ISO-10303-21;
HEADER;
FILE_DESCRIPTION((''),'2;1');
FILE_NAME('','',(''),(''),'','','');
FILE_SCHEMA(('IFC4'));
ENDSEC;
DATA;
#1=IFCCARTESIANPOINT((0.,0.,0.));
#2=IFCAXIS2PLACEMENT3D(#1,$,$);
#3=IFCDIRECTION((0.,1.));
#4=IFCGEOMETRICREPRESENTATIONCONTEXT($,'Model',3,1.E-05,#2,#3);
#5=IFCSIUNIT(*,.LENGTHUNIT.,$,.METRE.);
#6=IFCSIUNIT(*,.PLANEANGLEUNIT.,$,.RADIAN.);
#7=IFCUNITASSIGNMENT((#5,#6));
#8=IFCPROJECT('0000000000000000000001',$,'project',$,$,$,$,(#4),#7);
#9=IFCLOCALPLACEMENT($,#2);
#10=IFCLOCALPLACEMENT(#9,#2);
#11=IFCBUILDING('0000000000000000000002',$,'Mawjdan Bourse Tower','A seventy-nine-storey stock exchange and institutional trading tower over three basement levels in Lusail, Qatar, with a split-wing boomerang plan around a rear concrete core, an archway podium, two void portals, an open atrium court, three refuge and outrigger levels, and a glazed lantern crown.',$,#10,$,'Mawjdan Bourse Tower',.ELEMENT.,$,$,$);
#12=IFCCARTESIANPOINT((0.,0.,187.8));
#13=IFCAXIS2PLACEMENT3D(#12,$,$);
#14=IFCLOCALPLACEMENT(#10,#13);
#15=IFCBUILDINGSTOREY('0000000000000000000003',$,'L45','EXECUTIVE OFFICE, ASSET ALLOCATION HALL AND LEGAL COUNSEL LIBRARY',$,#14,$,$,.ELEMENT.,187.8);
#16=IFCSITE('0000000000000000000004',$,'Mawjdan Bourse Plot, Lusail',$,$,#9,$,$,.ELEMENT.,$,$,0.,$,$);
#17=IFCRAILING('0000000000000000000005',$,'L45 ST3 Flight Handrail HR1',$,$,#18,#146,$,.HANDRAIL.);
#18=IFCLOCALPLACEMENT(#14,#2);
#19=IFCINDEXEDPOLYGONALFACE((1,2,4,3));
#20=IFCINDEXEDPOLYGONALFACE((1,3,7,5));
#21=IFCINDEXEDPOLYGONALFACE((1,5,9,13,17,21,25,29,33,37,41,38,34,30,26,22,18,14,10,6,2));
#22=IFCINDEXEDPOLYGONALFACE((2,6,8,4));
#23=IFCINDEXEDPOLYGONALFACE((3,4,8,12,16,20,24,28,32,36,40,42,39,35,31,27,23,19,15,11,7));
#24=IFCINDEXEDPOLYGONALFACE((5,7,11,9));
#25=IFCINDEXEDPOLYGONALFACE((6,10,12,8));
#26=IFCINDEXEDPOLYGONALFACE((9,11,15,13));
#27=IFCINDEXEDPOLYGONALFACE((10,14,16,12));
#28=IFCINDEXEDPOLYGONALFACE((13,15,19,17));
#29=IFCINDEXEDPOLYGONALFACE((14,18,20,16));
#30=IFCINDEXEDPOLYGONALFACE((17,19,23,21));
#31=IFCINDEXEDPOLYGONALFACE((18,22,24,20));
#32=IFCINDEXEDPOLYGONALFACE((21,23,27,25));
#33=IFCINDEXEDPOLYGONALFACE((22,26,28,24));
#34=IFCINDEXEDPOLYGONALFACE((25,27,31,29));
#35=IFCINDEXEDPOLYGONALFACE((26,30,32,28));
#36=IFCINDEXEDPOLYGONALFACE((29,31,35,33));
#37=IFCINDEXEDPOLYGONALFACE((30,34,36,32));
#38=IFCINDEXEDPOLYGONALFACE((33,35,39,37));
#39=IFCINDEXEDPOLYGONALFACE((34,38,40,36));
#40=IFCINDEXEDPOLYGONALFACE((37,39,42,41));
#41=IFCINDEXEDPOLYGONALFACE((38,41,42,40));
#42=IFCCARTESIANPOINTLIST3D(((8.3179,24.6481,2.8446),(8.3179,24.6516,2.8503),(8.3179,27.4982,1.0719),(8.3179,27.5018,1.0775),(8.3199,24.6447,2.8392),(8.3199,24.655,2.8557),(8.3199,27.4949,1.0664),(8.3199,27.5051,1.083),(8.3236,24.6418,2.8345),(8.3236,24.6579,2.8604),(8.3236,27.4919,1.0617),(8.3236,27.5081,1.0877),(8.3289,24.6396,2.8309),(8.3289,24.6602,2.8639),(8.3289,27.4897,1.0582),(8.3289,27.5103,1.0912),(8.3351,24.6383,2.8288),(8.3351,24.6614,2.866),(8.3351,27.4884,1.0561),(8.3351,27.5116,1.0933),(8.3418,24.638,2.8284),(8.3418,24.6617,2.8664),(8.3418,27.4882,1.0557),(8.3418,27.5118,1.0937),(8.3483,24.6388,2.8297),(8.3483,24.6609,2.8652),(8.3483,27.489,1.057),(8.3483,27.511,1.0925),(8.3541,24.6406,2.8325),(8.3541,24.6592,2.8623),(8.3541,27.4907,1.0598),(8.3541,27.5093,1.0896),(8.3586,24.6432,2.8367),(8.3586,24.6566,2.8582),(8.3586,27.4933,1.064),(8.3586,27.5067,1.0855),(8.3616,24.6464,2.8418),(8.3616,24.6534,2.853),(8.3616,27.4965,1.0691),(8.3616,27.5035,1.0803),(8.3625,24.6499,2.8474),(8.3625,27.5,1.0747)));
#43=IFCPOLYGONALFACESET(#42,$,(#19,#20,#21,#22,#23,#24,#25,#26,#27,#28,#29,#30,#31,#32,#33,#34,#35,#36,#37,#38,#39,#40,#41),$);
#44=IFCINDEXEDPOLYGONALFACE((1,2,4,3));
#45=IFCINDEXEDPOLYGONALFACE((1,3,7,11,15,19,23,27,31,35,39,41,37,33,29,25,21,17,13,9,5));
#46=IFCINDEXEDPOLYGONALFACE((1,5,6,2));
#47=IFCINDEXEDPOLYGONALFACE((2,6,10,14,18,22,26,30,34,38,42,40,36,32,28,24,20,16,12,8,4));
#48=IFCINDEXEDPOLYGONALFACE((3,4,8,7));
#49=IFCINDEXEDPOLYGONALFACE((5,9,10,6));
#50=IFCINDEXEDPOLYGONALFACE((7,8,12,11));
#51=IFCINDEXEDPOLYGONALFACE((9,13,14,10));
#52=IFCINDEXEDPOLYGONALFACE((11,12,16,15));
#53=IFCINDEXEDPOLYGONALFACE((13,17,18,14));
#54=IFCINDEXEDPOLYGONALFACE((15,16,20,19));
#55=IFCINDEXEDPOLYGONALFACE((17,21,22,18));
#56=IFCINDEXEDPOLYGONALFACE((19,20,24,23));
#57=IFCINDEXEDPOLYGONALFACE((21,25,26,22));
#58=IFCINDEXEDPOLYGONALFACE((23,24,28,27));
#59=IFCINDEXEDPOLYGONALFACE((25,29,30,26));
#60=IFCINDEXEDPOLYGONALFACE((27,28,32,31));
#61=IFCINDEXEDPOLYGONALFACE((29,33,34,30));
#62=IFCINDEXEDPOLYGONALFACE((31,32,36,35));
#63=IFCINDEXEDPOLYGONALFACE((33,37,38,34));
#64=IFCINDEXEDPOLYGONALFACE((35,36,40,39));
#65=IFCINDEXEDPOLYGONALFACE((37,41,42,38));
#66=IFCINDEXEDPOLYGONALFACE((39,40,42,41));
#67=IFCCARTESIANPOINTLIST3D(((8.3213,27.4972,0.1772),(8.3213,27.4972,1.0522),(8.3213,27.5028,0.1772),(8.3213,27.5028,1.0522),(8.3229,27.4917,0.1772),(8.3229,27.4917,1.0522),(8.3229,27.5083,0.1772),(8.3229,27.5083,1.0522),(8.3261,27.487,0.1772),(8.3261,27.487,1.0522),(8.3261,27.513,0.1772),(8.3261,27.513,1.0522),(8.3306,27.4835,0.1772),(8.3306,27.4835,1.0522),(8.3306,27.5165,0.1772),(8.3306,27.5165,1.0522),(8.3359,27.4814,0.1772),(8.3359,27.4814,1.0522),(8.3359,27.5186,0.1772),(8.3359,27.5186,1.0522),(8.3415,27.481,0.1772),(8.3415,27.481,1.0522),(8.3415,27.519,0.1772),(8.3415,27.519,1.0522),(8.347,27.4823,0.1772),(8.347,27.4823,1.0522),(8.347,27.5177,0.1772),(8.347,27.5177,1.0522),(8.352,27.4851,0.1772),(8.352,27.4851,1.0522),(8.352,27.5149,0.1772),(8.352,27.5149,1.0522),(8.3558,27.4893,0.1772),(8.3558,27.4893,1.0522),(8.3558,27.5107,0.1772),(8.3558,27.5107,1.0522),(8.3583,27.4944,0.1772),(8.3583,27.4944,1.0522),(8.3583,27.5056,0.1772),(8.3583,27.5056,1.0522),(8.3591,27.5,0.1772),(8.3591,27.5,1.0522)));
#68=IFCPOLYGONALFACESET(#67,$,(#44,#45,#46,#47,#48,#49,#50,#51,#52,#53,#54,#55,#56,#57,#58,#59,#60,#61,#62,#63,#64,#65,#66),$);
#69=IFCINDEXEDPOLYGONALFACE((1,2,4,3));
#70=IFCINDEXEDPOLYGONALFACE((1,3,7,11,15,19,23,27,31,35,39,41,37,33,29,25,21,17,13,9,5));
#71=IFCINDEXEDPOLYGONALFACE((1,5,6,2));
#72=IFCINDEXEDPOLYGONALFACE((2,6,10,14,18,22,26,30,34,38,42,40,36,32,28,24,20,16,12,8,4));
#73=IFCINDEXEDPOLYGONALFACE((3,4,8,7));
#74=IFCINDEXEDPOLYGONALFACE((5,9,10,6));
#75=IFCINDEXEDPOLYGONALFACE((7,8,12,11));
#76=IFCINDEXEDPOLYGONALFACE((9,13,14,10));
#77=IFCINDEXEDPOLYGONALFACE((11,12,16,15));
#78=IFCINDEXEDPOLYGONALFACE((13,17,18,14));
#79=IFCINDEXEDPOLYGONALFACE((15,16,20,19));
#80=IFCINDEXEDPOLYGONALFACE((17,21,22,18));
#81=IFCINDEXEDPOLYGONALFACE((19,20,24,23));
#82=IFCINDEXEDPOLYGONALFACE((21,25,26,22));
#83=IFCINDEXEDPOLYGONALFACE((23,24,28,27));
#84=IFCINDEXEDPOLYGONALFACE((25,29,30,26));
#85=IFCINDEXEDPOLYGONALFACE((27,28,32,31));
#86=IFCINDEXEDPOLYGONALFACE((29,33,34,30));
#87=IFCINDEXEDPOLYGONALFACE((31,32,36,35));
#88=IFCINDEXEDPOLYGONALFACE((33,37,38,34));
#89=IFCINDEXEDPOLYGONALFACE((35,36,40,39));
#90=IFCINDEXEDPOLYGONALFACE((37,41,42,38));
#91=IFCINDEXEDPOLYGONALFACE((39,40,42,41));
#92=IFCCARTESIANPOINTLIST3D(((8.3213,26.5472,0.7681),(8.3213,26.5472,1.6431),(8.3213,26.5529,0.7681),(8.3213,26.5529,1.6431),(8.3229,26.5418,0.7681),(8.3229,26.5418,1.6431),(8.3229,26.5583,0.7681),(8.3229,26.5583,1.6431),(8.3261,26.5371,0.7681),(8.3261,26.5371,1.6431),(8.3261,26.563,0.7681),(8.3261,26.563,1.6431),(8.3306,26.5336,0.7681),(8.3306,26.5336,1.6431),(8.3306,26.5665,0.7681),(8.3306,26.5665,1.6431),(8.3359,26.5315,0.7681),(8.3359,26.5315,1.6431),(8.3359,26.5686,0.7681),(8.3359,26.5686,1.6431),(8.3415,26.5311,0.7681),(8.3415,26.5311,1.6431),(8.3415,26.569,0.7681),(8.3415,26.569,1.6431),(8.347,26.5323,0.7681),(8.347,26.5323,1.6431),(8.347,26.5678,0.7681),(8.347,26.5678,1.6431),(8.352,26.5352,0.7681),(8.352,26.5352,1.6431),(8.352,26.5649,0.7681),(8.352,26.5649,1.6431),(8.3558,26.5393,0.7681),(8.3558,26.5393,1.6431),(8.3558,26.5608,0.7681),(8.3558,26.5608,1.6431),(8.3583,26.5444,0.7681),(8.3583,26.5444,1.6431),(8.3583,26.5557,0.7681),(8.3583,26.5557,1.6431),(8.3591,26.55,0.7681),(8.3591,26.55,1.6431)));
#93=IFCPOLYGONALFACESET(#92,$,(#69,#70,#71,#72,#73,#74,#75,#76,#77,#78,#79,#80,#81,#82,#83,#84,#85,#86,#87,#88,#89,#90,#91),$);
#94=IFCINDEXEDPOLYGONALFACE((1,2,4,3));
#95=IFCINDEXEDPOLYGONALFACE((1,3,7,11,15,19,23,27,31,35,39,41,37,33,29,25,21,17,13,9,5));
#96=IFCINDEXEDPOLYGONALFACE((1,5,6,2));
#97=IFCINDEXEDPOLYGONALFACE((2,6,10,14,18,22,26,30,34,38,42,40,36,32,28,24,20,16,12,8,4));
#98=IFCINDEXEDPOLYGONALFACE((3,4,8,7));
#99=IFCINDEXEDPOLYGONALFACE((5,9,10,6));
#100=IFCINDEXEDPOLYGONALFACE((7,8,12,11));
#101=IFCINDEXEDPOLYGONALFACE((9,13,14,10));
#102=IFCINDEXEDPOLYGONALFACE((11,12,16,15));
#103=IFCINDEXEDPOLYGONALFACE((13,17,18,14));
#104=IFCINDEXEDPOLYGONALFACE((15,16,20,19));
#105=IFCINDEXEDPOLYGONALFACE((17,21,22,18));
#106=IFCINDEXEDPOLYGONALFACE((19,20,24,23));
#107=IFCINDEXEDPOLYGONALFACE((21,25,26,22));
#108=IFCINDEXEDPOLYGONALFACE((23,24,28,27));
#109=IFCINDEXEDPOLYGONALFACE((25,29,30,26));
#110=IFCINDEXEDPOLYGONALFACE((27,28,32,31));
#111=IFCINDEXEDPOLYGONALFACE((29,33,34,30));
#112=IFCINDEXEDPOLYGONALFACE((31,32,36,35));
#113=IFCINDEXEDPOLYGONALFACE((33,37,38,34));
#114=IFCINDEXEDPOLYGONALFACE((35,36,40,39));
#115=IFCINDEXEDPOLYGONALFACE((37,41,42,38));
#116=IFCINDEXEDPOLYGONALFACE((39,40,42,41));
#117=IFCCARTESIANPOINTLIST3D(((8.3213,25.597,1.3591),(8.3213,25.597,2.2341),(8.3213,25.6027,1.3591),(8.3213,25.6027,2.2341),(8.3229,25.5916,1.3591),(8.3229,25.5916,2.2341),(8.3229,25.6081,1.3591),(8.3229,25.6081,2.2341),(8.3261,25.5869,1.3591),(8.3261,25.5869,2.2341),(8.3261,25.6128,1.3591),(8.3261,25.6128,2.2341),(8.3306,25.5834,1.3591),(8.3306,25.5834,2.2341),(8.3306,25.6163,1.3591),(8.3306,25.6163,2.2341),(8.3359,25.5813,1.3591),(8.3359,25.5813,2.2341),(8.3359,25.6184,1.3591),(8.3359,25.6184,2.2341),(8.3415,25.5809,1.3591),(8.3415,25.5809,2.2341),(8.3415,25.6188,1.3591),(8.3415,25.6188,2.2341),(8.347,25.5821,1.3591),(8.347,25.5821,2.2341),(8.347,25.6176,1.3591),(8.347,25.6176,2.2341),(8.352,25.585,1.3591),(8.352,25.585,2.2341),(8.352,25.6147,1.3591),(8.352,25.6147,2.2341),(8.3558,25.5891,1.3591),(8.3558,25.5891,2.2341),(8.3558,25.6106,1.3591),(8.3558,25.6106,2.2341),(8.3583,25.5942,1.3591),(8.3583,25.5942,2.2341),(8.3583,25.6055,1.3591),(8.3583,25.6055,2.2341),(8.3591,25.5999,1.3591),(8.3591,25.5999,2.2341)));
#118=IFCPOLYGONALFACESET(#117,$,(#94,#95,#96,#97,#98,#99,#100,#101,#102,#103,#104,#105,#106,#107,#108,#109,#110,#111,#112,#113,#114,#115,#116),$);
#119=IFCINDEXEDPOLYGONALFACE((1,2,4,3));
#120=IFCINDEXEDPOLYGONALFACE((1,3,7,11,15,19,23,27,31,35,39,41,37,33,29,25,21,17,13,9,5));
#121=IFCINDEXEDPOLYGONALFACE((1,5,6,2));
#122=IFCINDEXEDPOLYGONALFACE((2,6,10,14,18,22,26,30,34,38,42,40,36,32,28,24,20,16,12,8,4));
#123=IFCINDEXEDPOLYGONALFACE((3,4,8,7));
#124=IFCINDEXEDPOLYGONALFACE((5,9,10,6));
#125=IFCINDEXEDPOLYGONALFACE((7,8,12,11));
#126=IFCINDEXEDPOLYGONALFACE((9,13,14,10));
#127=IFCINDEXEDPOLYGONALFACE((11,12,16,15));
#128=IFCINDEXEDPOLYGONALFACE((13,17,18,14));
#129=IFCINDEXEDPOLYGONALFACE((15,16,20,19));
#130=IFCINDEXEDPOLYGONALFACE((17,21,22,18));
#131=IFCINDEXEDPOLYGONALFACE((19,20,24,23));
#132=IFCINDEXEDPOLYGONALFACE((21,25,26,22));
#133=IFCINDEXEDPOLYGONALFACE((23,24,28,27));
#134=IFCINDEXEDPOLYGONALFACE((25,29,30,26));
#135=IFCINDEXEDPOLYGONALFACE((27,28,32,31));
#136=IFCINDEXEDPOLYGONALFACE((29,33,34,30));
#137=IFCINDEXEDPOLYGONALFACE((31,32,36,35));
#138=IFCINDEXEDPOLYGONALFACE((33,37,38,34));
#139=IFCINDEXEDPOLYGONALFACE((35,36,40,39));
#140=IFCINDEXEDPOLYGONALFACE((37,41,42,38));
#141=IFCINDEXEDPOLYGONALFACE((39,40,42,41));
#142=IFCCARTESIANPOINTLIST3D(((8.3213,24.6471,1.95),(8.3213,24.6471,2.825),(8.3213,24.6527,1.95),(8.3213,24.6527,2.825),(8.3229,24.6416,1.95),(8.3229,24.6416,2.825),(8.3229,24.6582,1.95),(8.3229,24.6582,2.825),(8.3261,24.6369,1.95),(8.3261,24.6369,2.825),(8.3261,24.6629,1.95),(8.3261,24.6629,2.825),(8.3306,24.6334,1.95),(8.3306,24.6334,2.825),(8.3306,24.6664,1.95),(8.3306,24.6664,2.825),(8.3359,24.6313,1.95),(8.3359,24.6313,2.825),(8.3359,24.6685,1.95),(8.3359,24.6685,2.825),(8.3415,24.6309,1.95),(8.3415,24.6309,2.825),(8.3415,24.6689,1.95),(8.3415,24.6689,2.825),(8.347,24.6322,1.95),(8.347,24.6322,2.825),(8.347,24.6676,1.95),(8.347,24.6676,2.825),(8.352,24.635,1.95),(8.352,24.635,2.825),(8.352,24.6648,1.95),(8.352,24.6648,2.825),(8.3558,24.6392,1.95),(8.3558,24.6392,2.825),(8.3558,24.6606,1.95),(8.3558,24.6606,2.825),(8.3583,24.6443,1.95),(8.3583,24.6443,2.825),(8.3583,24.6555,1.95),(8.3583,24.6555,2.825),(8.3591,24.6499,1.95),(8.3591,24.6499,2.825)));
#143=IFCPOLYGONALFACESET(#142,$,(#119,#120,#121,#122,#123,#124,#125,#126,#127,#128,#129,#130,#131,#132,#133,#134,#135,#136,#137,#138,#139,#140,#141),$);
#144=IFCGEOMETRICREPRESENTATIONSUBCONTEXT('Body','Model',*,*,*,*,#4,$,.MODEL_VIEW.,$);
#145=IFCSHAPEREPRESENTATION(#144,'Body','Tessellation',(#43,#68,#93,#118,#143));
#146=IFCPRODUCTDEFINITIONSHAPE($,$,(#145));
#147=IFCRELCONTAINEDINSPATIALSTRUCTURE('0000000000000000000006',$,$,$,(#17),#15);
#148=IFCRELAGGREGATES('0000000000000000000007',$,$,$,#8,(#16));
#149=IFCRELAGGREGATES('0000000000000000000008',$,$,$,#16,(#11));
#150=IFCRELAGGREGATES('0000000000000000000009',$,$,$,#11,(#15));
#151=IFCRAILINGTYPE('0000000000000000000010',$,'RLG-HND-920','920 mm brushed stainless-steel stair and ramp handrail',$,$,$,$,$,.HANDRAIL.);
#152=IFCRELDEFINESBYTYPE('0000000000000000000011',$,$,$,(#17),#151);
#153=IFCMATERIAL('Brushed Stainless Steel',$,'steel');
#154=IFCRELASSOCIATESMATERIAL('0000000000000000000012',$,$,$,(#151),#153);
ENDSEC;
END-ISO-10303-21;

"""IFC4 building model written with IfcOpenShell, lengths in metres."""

from ifc_helpers import new_model, si_unit, direction, frame, origin, origin_2d, place, context, subcontext, project, spatial, circle, extrude, material, type_object, element, save


model = new_model("IFC4")

# Units and contexts
model_context = context("Model", 3, precision=1e-05, world=origin(), true_north=direction((0.0, 1.0)))
body_context = subcontext(model_context, "Body", "Model", "MODEL_VIEW")
ifc_project = project(units=[si_unit("LENGTHUNIT", "METRE"), si_unit("PLANEANGLEUNIT", "RADIAN")], contexts=[model_context])

# Site, building, storey
site_placement = place(None, origin())
site = spatial("IfcSite", under=ifc_project, at=site_placement, Name="Mawjdan Bourse Plot, Lusail", CompositionType="ELEMENT", RefElevation=0.0)
building_placement = place(site_placement, origin())
building = spatial("IfcBuilding", under=site, at=building_placement, Name="Mawjdan Bourse Tower", Description="A seventy-nine-storey stock exchange and institutional trading tower over three basement levels in Lusail, Qatar, with a split-wing boomerang plan around a rear concrete core, an archway podium, two void portals, an open atrium court, three refuge and outrigger levels, and a glazed lantern crown.", LongName="Mawjdan Bourse Tower", CompositionType="ELEMENT")
storey_placement = place(building_placement, frame((0.0, 0.0, 187.8)))
storey = spatial("IfcBuildingStorey", under=building, at=storey_placement, Name="L45", Description="EXECUTIVE OFFICE, ASSET ALLOCATION HALL AND LEGAL COUNSEL LIBRARY", CompositionType="ELEMENT", Elevation=187.8)

# Railing
ifc_material_1 = material(Name="Brushed Stainless Steel", Category="steel")
railing_type_1 = type_object("IfcRailingType", Name="RLG-HND-920", Description="920 mm brushed stainless-steel stair and ramp handrail", PredefinedType="HANDRAIL", material=ifc_material_1)
railing_1_placement = place(storey_placement, frame((8.3401, 27.5, 0.1772)))
element("IfcRailing", 1, at=railing_1_placement, inside=storey, type_object=railing_type_1, Name="L45 ST3 Flight Handrail HR1", PredefinedType="HANDRAIL", context=body_context, shape_type="SweptSolid", body=[
    extrude(circle(Radius=0.0225, at=origin_2d()), frame((0.0, 0.0, 0.8975), z_axis=(0.0, -0.849149, 0.528154), x_axis=(1.0, 0.0, 0.0)), (0.0, 0.0, 1.0), 3.3564),
    extrude(circle(Radius=0.019, at=origin_2d()), origin(), (0.0, 0.0, 1.0), 0.875),
    extrude(circle(Radius=0.019, at=origin_2d()), frame((0.0, -0.95, 0.5908)), (0.0, 0.0, 1.0), 0.875),
    extrude(circle(Radius=0.019, at=origin_2d()), frame((0.0, -1.9001, 1.1819)), (0.0, 0.0, 1.0), 0.875),
    extrude(circle(Radius=0.019, at=origin_2d()), frame((0.0, -2.8501, 1.7727)), (0.0, 0.0, 1.0), 0.875),
])

save(model, "model.ifc")
